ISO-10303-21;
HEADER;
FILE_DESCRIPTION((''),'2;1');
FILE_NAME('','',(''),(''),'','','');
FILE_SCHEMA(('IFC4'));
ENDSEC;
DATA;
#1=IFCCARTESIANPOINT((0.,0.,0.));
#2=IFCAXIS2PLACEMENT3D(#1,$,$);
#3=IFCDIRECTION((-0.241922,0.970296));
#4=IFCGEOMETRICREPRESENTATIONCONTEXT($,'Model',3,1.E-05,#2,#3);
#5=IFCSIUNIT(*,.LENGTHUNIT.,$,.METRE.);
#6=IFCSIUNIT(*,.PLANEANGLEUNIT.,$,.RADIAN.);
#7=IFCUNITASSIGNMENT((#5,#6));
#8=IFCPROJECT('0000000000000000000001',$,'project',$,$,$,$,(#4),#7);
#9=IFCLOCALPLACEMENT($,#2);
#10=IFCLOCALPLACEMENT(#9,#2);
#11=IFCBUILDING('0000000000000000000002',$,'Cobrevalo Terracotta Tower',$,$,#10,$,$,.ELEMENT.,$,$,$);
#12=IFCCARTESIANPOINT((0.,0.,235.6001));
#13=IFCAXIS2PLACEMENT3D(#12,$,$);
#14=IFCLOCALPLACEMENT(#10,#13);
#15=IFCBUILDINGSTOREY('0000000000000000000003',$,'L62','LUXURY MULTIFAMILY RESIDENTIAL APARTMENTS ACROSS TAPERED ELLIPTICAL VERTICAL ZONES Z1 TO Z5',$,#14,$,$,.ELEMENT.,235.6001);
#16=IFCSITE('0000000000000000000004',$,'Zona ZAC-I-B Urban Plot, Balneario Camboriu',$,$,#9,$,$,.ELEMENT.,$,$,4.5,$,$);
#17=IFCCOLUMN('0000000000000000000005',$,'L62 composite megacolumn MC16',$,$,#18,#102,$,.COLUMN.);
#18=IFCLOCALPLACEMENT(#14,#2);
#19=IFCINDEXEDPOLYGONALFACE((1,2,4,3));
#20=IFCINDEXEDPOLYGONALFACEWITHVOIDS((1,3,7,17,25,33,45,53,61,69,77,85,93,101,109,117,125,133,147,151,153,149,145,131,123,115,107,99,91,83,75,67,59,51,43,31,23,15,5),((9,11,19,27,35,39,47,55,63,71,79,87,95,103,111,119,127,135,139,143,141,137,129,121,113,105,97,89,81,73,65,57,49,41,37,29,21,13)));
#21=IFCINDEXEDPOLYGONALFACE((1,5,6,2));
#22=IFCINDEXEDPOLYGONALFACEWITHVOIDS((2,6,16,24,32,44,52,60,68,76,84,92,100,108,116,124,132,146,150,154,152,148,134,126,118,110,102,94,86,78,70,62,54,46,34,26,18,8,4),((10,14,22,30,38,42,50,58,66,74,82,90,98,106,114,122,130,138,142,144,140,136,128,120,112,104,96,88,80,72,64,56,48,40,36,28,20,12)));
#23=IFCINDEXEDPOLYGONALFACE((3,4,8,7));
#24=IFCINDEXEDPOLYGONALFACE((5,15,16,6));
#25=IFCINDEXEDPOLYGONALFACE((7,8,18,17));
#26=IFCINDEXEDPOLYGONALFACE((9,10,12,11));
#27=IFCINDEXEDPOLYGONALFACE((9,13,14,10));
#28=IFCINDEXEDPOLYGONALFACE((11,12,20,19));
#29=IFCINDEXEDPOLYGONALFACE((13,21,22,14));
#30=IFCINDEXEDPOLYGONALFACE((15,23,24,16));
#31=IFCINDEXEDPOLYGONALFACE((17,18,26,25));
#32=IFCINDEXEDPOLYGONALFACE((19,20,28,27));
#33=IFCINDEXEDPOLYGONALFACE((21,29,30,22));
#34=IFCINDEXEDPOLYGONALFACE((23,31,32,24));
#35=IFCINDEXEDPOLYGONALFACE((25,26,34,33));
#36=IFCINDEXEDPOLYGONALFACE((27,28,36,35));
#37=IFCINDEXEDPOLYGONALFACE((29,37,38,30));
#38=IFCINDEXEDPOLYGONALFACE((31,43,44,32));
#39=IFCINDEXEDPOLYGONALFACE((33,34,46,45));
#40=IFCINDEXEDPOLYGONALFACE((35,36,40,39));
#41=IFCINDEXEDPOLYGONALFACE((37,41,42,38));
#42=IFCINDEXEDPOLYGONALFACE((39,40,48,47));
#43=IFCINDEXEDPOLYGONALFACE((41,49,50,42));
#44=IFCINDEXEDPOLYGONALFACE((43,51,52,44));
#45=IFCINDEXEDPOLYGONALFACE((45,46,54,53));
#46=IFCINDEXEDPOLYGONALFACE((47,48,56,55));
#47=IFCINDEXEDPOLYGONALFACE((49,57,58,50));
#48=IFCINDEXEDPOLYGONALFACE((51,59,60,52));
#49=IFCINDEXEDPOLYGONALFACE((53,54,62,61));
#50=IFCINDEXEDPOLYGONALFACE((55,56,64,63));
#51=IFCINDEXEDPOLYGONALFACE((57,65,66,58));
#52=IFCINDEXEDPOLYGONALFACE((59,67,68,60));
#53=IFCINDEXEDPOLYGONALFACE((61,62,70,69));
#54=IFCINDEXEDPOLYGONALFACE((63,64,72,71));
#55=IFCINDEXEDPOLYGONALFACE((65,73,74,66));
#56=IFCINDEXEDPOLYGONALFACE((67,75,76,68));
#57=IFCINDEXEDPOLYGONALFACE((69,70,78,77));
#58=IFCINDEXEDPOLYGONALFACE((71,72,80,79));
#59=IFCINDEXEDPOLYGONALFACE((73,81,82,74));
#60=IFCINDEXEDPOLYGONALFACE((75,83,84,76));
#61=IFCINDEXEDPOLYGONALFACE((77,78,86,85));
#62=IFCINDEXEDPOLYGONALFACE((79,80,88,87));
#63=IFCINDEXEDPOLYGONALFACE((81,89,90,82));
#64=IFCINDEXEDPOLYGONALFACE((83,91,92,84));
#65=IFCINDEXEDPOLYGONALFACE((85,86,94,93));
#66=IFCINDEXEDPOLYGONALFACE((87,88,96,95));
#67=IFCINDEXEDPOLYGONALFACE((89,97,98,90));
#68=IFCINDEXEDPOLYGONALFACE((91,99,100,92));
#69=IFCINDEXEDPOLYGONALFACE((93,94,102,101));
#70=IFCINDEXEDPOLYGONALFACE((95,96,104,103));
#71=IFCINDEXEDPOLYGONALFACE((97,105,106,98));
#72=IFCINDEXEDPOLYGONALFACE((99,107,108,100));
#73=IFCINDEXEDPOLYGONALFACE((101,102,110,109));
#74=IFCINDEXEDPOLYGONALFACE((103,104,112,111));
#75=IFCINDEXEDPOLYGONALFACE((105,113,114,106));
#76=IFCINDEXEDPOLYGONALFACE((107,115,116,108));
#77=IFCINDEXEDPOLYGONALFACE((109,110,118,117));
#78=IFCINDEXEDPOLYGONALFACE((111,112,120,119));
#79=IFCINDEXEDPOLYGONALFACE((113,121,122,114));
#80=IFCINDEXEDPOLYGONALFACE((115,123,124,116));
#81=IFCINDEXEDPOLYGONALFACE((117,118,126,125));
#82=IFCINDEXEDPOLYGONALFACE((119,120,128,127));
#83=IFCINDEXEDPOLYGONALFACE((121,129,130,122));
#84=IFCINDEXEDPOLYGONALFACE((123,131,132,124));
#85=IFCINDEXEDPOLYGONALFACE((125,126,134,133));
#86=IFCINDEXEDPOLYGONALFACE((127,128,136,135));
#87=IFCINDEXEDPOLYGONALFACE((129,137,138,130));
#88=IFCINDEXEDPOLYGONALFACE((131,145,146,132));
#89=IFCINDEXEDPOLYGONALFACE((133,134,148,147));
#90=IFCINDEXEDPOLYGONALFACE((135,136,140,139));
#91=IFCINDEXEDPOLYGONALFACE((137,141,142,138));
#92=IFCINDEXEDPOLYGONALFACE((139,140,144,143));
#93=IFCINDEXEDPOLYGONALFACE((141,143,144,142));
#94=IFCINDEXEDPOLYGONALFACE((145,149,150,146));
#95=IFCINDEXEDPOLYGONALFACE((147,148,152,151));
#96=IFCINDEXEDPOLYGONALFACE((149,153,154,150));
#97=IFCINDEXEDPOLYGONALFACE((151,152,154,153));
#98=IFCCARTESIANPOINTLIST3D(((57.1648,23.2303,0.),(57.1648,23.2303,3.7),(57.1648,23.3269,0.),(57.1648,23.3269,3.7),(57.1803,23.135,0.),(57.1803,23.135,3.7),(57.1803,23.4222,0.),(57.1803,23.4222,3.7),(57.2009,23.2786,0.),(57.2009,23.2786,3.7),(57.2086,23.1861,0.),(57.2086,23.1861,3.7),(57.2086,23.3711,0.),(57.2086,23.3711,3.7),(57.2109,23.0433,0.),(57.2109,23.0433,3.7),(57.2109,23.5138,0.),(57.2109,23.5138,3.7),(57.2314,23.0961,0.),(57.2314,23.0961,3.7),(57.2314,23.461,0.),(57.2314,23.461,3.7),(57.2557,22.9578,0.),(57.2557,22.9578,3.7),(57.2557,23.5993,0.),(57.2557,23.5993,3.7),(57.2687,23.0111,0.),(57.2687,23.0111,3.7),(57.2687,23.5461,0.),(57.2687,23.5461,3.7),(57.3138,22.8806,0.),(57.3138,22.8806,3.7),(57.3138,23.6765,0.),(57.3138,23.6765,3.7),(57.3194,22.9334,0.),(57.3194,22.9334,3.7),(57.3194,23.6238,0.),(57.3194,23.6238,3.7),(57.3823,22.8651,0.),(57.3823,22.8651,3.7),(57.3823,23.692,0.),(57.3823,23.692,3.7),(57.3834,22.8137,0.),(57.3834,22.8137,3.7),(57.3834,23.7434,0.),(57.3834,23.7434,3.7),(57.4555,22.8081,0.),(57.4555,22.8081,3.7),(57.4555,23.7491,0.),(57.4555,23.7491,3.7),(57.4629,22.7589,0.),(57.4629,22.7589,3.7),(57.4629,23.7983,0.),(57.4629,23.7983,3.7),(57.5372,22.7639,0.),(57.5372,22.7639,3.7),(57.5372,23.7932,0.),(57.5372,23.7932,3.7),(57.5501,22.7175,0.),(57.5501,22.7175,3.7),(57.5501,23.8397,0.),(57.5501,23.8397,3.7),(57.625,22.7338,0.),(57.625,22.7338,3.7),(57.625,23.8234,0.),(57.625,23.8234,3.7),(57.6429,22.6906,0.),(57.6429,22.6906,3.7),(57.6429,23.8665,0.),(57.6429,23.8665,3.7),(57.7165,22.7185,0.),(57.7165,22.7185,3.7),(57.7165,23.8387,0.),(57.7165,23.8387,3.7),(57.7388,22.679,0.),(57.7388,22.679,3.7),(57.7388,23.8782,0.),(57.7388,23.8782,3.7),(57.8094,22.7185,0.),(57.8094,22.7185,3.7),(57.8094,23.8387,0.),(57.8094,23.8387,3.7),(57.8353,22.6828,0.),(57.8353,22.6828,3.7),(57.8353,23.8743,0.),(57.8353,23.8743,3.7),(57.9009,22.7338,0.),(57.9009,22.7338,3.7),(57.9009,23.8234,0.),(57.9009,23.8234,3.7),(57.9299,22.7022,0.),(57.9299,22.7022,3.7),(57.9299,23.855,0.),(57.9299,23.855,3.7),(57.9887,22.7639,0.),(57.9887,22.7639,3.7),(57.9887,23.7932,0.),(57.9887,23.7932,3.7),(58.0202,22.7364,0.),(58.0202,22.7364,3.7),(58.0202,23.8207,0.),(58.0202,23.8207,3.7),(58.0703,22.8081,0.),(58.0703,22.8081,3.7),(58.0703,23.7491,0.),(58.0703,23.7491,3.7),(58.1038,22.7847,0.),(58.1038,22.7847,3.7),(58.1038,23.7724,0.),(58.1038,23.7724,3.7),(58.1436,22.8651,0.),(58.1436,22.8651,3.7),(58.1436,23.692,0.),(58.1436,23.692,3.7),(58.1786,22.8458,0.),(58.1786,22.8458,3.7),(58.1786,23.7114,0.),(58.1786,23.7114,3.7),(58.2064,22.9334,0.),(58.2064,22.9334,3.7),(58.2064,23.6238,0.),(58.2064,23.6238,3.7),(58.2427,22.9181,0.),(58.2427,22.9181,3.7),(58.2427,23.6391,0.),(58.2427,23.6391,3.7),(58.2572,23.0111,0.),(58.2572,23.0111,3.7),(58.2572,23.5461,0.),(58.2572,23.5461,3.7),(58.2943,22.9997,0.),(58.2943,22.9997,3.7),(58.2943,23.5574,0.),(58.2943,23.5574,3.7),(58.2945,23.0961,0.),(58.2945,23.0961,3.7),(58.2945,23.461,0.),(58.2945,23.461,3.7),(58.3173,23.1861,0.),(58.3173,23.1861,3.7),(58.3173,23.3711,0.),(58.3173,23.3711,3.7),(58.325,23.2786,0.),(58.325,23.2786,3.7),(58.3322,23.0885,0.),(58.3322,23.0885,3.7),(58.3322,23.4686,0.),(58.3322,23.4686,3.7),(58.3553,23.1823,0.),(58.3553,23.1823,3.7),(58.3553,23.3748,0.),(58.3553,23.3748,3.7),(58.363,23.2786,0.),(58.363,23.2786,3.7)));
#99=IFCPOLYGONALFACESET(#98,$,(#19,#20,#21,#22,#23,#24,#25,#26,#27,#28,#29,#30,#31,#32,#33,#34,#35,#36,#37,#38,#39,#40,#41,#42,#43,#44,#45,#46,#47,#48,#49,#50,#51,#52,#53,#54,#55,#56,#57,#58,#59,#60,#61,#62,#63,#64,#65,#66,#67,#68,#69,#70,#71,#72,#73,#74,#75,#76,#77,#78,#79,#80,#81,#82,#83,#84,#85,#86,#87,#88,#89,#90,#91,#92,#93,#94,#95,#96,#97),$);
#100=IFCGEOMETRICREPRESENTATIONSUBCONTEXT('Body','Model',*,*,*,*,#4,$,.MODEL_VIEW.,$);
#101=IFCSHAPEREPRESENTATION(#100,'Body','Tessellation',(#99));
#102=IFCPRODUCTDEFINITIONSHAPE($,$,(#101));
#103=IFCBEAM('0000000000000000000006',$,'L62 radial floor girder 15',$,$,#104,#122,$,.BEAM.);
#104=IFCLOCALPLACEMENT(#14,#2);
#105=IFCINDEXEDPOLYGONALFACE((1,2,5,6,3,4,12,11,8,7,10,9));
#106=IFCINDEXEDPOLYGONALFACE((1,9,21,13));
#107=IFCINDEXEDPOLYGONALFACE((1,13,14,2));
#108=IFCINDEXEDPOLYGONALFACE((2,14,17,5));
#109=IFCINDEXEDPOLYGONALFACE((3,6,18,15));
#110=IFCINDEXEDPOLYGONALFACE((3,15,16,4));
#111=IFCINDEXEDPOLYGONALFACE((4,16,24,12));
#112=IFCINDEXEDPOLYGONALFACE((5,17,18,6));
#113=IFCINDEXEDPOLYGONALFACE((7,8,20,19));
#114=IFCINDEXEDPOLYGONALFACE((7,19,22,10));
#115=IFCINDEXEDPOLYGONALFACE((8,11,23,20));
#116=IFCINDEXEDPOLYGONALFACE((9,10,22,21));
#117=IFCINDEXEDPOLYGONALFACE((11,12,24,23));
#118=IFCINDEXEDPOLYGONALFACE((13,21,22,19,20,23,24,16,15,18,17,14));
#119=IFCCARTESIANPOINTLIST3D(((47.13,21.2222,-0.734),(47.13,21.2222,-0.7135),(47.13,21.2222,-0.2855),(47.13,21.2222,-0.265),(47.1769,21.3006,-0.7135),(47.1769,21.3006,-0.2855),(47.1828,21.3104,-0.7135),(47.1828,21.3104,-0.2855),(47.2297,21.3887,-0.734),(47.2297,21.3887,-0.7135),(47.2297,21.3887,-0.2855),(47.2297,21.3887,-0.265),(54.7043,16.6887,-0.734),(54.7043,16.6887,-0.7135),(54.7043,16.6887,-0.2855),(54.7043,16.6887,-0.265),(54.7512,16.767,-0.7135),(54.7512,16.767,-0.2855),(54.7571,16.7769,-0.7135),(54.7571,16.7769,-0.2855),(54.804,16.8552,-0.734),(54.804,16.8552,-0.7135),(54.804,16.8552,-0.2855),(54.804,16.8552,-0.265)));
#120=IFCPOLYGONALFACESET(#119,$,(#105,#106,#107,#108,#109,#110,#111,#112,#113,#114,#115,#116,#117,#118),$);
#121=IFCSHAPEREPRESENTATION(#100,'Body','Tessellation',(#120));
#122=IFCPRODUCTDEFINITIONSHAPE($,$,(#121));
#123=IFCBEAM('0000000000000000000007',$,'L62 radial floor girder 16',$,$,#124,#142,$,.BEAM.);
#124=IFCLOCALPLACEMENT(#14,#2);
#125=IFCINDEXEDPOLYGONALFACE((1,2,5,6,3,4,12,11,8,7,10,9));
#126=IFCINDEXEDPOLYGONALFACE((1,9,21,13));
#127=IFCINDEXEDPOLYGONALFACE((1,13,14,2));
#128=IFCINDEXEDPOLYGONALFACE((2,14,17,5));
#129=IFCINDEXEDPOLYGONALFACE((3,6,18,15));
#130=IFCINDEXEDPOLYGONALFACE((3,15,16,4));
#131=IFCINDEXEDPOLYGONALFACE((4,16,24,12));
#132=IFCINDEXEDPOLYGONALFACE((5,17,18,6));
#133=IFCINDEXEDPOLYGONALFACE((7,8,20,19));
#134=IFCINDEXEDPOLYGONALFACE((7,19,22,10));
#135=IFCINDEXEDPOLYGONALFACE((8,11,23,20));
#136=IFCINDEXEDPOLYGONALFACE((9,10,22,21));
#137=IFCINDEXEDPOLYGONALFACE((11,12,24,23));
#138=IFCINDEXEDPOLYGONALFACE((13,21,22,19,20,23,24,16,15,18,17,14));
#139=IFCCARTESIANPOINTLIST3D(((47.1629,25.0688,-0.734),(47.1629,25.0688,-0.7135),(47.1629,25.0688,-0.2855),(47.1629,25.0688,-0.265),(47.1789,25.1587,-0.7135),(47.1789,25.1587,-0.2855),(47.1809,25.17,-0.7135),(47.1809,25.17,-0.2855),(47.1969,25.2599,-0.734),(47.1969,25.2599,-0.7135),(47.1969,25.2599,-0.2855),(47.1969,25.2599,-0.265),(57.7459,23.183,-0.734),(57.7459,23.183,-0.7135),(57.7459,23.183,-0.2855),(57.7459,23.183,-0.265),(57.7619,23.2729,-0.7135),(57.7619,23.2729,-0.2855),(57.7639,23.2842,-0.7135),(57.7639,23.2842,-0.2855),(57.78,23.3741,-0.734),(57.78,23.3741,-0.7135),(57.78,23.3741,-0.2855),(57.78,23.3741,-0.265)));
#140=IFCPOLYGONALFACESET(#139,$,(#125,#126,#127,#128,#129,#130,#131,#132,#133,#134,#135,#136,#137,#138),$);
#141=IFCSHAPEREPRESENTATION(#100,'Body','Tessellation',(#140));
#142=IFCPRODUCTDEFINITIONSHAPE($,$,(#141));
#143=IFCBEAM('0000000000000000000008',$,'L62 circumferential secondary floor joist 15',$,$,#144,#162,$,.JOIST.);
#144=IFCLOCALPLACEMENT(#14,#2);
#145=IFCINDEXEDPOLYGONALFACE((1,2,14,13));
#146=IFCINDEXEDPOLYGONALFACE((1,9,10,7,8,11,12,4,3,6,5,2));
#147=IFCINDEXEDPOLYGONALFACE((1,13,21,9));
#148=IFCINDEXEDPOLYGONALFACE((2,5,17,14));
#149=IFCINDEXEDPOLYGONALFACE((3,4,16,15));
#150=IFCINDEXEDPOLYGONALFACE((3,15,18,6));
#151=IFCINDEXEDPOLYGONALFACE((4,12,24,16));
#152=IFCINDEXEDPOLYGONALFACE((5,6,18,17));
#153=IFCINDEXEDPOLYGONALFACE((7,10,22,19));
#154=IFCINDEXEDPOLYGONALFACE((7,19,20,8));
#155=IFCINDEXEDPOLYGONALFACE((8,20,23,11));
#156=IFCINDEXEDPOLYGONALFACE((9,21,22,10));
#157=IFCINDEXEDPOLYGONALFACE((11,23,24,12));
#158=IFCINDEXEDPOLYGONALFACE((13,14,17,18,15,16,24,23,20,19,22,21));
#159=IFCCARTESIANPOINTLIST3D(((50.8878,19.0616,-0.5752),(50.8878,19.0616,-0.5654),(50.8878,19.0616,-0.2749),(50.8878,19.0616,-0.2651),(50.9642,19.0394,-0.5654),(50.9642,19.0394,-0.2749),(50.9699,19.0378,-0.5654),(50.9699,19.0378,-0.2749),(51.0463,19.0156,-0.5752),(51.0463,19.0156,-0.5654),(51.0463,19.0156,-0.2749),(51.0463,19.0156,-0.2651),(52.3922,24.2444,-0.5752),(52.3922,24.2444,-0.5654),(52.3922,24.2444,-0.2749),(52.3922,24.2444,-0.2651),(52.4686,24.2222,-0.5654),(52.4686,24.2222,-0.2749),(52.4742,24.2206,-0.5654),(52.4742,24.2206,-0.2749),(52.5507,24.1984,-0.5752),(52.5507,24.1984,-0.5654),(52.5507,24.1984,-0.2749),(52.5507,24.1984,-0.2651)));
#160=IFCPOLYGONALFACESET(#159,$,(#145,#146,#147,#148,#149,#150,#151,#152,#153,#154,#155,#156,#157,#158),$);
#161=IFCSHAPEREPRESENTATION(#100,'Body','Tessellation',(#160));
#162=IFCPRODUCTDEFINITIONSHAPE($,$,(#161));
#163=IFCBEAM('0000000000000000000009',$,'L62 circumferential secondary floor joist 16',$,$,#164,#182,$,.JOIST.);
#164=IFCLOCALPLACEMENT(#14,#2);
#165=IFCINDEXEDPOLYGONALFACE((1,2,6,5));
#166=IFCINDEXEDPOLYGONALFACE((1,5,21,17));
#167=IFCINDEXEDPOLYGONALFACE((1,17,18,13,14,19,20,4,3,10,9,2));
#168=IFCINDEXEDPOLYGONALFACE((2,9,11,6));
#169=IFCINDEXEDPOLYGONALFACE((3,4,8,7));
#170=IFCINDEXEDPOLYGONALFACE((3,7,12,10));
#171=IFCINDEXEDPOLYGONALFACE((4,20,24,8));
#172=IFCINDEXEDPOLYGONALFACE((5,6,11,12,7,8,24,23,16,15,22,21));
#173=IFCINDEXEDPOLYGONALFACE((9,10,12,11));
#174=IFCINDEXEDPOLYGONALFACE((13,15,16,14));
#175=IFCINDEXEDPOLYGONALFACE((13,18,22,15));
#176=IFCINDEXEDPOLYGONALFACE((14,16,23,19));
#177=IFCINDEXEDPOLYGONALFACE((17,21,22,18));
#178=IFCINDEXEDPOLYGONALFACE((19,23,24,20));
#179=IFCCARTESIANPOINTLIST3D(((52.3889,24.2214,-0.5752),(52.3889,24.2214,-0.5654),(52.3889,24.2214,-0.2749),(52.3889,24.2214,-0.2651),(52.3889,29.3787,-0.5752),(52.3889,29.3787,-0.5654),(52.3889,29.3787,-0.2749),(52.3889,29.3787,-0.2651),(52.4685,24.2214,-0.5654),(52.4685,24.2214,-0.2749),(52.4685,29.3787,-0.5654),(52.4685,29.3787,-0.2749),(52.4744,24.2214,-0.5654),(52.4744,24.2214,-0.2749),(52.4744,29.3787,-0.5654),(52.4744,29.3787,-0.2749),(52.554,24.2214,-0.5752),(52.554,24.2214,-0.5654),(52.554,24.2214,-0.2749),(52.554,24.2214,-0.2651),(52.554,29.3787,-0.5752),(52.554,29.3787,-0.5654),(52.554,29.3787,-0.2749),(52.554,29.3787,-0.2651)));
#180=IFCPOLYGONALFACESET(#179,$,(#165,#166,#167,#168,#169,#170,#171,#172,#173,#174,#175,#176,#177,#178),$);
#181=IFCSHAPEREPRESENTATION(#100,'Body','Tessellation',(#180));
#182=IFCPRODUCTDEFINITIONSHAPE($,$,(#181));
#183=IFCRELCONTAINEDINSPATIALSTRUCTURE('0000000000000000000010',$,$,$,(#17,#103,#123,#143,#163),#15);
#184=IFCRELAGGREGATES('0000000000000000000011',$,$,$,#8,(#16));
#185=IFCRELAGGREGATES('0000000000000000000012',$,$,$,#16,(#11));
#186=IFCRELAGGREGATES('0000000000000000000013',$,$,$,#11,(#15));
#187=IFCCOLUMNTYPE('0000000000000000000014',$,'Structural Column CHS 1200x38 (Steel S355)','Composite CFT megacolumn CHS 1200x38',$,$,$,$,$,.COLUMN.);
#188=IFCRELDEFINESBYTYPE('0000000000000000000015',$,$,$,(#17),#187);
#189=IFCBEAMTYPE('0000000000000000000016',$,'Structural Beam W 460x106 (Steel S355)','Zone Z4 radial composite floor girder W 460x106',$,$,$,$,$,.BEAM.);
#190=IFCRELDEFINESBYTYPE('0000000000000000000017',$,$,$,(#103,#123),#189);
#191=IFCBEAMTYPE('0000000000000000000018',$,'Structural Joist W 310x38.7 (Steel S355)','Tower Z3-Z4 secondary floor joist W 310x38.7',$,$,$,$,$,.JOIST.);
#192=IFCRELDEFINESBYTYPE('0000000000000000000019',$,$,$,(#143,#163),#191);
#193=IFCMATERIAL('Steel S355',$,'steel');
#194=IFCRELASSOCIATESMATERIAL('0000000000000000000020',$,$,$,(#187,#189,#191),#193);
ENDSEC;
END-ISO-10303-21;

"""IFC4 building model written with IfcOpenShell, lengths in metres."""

from ifc_helpers import new_model, si_unit, direction, frame, origin, origin_2d, place, context, subcontext, project, spatial, hollow_circle, i_section, extrude, material, material_profile, profile_set, type_object, element, save


model = new_model("IFC4")

# Units and contexts
model_context = context("Model", 3, precision=1e-05, world=origin(), true_north=direction((-0.241922, 0.970296)))
body_context = subcontext(model_context, "Body", "Model", "MODEL_VIEW")
ifc_project = project(units=[si_unit("LENGTHUNIT", "METRE"), si_unit("PLANEANGLEUNIT", "RADIAN")], contexts=[model_context])

# Site, building, storey
site_placement = place(None, origin())
site = spatial("IfcSite", under=ifc_project, at=site_placement, Name="Zona ZAC-I-B Urban Plot, Balneario Camboriu", CompositionType="ELEMENT", RefElevation=4.5)
building_placement = place(site_placement, origin())
building = spatial("IfcBuilding", under=site, at=building_placement, Name="Cobrevalo Terracotta Tower", CompositionType="ELEMENT")
storey_placement = place(building_placement, frame((0.0, 0.0, 235.6001)))
storey = spatial("IfcBuildingStorey", under=building, at=storey_placement, Name="L62", Description="LUXURY MULTIFAMILY RESIDENTIAL APARTMENTS ACROSS TAPERED ELLIPTICAL VERTICAL ZONES Z1 TO Z5", CompositionType="ELEMENT", Elevation=235.6001)

# Column
ifc_material_1 = material(Name="Steel S355", Category="steel")
ifc_material_profile_1 = material_profile(ifc_material_1, hollow_circle(Radius=0.6001, WallThickness=0.0381, at=origin_2d()), Name="CHS 1200x38")
ifc_profile_set_1 = profile_set([ifc_material_profile_1], Name="Steel S355")
column_type = type_object("IfcColumnType", Name="Structural Column CHS 1200x38 (Steel S355)", Description="Composite CFT megacolumn CHS 1200x38", PredefinedType="COLUMN", material=ifc_profile_set_1)
column_placement = place(storey_placement, frame((57.7629, 23.2786, 0.0), z_axis=(0.0, 0.0, 1.0), x_axis=(1.0, 0.0, 0.0)))
element("IfcColumn", 1, at=column_placement, inside=storey, type_object=column_type, Name="L62 composite megacolumn MC16", PredefinedType="COLUMN", context=body_context, shape_type="SweptSolid", body=[
    extrude(hollow_circle(Radius=0.6001, WallThickness=0.0381, at=origin_2d()), origin(), (0.0, 0.0, 1.0), 3.7),
])

# Beams
ifc_material_profile_2 = material_profile(ifc_material_1, i_section(OverallWidth=0.1941, OverallDepth=0.469, WebThickness=0.0115, FlangeThickness=0.0205, at=origin_2d()), Name="W 460x106")
ifc_profile_set_2 = profile_set([ifc_material_profile_2], Name="Steel S355")
beam_type_1 = type_object("IfcBeamType", Name="Structural Beam W 460x106 (Steel S355)", Description="Zone Z4 radial composite floor girder W 460x106", PredefinedType="BEAM", material=ifc_profile_set_2)
beam_1_placement = place(storey_placement, frame((54.7542, 16.772, -0.4995), z_axis=(-0.858046, 0.513572, 0.0), x_axis=(-0.513572, -0.858046, 0.0)))
element("IfcBeam", 2, at=beam_1_placement, inside=storey, type_object=beam_type_1, Name="L62 radial floor girder 15", PredefinedType="BEAM", context=body_context, shape_type="SweptSolid", body=[
    extrude(i_section(OverallWidth=0.1941, OverallDepth=0.469, WebThickness=0.0115, FlangeThickness=0.0205, at=origin_2d()), origin(), (0.0, 0.0, 1.0), 8.8274),
])
beam_2_placement = place(storey_placement, frame((57.7629, 23.2786, -0.4995), z_axis=(-0.984493, 0.175423, 0.0), x_axis=(-0.175423, -0.984493, 0.0)))
element("IfcBeam", 3, at=beam_2_placement, inside=storey, type_object=beam_type_1, Name="L62 radial floor girder 16", PredefinedType="BEAM", context=body_context, shape_type="SweptSolid", body=[
    extrude(i_section(OverallWidth=0.1941, OverallDepth=0.469, WebThickness=0.0115, FlangeThickness=0.0205, at=origin_2d()), origin(), (0.0, 0.0, 1.0), 10.7498),
])
ifc_material_profile_3 = material_profile(ifc_material_1, i_section(OverallWidth=0.165, OverallDepth=0.3101, WebThickness=0.0059, FlangeThickness=0.0098, at=origin_2d()), Name="W 310x38.7")
ifc_profile_set_3 = profile_set([ifc_material_profile_3], Name="Steel S355")
beam_type_2 = type_object("IfcBeamType", Name="Structural Joist W 310x38.7 (Steel S355)", Description="Tower Z3-Z4 secondary floor joist W 310x38.7", PredefinedType="JOIST", material=ifc_profile_set_3)
beam_3_placement = place(storey_placement, frame((50.967, 19.0386, -0.4202), z_axis=(0.278758, 0.960361, 0.0), x_axis=(-0.960361, 0.278758, 0.0)))
element("IfcBeam", 4, at=beam_3_placement, inside=storey, type_object=beam_type_2, Name="L62 circumferential secondary floor joist 15", PredefinedType="JOIST", context=body_context, shape_type="SweptSolid", body=[
    extrude(i_section(OverallWidth=0.165, OverallDepth=0.3101, WebThickness=0.0059, FlangeThickness=0.0098, at=origin_2d()), origin(), (0.0, 0.0, 1.0), 5.3967),
])
beam_4_placement = place(storey_placement, frame((52.4714, 24.2214, -0.4202), z_axis=(0.0, 1.0, 0.0), x_axis=(-1.0, 0.0, 0.0)))
element("IfcBeam", 5, at=beam_4_placement, inside=storey, type_object=beam_type_2, Name="L62 circumferential secondary floor joist 16", PredefinedType="JOIST", context=body_context, shape_type="SweptSolid", body=[
    extrude(i_section(OverallWidth=0.165, OverallDepth=0.3101, WebThickness=0.0059, FlangeThickness=0.0098, at=origin_2d()), origin(), (0.0, 0.0, 1.0), 5.1572),
])

save(model, "model.ifc")
